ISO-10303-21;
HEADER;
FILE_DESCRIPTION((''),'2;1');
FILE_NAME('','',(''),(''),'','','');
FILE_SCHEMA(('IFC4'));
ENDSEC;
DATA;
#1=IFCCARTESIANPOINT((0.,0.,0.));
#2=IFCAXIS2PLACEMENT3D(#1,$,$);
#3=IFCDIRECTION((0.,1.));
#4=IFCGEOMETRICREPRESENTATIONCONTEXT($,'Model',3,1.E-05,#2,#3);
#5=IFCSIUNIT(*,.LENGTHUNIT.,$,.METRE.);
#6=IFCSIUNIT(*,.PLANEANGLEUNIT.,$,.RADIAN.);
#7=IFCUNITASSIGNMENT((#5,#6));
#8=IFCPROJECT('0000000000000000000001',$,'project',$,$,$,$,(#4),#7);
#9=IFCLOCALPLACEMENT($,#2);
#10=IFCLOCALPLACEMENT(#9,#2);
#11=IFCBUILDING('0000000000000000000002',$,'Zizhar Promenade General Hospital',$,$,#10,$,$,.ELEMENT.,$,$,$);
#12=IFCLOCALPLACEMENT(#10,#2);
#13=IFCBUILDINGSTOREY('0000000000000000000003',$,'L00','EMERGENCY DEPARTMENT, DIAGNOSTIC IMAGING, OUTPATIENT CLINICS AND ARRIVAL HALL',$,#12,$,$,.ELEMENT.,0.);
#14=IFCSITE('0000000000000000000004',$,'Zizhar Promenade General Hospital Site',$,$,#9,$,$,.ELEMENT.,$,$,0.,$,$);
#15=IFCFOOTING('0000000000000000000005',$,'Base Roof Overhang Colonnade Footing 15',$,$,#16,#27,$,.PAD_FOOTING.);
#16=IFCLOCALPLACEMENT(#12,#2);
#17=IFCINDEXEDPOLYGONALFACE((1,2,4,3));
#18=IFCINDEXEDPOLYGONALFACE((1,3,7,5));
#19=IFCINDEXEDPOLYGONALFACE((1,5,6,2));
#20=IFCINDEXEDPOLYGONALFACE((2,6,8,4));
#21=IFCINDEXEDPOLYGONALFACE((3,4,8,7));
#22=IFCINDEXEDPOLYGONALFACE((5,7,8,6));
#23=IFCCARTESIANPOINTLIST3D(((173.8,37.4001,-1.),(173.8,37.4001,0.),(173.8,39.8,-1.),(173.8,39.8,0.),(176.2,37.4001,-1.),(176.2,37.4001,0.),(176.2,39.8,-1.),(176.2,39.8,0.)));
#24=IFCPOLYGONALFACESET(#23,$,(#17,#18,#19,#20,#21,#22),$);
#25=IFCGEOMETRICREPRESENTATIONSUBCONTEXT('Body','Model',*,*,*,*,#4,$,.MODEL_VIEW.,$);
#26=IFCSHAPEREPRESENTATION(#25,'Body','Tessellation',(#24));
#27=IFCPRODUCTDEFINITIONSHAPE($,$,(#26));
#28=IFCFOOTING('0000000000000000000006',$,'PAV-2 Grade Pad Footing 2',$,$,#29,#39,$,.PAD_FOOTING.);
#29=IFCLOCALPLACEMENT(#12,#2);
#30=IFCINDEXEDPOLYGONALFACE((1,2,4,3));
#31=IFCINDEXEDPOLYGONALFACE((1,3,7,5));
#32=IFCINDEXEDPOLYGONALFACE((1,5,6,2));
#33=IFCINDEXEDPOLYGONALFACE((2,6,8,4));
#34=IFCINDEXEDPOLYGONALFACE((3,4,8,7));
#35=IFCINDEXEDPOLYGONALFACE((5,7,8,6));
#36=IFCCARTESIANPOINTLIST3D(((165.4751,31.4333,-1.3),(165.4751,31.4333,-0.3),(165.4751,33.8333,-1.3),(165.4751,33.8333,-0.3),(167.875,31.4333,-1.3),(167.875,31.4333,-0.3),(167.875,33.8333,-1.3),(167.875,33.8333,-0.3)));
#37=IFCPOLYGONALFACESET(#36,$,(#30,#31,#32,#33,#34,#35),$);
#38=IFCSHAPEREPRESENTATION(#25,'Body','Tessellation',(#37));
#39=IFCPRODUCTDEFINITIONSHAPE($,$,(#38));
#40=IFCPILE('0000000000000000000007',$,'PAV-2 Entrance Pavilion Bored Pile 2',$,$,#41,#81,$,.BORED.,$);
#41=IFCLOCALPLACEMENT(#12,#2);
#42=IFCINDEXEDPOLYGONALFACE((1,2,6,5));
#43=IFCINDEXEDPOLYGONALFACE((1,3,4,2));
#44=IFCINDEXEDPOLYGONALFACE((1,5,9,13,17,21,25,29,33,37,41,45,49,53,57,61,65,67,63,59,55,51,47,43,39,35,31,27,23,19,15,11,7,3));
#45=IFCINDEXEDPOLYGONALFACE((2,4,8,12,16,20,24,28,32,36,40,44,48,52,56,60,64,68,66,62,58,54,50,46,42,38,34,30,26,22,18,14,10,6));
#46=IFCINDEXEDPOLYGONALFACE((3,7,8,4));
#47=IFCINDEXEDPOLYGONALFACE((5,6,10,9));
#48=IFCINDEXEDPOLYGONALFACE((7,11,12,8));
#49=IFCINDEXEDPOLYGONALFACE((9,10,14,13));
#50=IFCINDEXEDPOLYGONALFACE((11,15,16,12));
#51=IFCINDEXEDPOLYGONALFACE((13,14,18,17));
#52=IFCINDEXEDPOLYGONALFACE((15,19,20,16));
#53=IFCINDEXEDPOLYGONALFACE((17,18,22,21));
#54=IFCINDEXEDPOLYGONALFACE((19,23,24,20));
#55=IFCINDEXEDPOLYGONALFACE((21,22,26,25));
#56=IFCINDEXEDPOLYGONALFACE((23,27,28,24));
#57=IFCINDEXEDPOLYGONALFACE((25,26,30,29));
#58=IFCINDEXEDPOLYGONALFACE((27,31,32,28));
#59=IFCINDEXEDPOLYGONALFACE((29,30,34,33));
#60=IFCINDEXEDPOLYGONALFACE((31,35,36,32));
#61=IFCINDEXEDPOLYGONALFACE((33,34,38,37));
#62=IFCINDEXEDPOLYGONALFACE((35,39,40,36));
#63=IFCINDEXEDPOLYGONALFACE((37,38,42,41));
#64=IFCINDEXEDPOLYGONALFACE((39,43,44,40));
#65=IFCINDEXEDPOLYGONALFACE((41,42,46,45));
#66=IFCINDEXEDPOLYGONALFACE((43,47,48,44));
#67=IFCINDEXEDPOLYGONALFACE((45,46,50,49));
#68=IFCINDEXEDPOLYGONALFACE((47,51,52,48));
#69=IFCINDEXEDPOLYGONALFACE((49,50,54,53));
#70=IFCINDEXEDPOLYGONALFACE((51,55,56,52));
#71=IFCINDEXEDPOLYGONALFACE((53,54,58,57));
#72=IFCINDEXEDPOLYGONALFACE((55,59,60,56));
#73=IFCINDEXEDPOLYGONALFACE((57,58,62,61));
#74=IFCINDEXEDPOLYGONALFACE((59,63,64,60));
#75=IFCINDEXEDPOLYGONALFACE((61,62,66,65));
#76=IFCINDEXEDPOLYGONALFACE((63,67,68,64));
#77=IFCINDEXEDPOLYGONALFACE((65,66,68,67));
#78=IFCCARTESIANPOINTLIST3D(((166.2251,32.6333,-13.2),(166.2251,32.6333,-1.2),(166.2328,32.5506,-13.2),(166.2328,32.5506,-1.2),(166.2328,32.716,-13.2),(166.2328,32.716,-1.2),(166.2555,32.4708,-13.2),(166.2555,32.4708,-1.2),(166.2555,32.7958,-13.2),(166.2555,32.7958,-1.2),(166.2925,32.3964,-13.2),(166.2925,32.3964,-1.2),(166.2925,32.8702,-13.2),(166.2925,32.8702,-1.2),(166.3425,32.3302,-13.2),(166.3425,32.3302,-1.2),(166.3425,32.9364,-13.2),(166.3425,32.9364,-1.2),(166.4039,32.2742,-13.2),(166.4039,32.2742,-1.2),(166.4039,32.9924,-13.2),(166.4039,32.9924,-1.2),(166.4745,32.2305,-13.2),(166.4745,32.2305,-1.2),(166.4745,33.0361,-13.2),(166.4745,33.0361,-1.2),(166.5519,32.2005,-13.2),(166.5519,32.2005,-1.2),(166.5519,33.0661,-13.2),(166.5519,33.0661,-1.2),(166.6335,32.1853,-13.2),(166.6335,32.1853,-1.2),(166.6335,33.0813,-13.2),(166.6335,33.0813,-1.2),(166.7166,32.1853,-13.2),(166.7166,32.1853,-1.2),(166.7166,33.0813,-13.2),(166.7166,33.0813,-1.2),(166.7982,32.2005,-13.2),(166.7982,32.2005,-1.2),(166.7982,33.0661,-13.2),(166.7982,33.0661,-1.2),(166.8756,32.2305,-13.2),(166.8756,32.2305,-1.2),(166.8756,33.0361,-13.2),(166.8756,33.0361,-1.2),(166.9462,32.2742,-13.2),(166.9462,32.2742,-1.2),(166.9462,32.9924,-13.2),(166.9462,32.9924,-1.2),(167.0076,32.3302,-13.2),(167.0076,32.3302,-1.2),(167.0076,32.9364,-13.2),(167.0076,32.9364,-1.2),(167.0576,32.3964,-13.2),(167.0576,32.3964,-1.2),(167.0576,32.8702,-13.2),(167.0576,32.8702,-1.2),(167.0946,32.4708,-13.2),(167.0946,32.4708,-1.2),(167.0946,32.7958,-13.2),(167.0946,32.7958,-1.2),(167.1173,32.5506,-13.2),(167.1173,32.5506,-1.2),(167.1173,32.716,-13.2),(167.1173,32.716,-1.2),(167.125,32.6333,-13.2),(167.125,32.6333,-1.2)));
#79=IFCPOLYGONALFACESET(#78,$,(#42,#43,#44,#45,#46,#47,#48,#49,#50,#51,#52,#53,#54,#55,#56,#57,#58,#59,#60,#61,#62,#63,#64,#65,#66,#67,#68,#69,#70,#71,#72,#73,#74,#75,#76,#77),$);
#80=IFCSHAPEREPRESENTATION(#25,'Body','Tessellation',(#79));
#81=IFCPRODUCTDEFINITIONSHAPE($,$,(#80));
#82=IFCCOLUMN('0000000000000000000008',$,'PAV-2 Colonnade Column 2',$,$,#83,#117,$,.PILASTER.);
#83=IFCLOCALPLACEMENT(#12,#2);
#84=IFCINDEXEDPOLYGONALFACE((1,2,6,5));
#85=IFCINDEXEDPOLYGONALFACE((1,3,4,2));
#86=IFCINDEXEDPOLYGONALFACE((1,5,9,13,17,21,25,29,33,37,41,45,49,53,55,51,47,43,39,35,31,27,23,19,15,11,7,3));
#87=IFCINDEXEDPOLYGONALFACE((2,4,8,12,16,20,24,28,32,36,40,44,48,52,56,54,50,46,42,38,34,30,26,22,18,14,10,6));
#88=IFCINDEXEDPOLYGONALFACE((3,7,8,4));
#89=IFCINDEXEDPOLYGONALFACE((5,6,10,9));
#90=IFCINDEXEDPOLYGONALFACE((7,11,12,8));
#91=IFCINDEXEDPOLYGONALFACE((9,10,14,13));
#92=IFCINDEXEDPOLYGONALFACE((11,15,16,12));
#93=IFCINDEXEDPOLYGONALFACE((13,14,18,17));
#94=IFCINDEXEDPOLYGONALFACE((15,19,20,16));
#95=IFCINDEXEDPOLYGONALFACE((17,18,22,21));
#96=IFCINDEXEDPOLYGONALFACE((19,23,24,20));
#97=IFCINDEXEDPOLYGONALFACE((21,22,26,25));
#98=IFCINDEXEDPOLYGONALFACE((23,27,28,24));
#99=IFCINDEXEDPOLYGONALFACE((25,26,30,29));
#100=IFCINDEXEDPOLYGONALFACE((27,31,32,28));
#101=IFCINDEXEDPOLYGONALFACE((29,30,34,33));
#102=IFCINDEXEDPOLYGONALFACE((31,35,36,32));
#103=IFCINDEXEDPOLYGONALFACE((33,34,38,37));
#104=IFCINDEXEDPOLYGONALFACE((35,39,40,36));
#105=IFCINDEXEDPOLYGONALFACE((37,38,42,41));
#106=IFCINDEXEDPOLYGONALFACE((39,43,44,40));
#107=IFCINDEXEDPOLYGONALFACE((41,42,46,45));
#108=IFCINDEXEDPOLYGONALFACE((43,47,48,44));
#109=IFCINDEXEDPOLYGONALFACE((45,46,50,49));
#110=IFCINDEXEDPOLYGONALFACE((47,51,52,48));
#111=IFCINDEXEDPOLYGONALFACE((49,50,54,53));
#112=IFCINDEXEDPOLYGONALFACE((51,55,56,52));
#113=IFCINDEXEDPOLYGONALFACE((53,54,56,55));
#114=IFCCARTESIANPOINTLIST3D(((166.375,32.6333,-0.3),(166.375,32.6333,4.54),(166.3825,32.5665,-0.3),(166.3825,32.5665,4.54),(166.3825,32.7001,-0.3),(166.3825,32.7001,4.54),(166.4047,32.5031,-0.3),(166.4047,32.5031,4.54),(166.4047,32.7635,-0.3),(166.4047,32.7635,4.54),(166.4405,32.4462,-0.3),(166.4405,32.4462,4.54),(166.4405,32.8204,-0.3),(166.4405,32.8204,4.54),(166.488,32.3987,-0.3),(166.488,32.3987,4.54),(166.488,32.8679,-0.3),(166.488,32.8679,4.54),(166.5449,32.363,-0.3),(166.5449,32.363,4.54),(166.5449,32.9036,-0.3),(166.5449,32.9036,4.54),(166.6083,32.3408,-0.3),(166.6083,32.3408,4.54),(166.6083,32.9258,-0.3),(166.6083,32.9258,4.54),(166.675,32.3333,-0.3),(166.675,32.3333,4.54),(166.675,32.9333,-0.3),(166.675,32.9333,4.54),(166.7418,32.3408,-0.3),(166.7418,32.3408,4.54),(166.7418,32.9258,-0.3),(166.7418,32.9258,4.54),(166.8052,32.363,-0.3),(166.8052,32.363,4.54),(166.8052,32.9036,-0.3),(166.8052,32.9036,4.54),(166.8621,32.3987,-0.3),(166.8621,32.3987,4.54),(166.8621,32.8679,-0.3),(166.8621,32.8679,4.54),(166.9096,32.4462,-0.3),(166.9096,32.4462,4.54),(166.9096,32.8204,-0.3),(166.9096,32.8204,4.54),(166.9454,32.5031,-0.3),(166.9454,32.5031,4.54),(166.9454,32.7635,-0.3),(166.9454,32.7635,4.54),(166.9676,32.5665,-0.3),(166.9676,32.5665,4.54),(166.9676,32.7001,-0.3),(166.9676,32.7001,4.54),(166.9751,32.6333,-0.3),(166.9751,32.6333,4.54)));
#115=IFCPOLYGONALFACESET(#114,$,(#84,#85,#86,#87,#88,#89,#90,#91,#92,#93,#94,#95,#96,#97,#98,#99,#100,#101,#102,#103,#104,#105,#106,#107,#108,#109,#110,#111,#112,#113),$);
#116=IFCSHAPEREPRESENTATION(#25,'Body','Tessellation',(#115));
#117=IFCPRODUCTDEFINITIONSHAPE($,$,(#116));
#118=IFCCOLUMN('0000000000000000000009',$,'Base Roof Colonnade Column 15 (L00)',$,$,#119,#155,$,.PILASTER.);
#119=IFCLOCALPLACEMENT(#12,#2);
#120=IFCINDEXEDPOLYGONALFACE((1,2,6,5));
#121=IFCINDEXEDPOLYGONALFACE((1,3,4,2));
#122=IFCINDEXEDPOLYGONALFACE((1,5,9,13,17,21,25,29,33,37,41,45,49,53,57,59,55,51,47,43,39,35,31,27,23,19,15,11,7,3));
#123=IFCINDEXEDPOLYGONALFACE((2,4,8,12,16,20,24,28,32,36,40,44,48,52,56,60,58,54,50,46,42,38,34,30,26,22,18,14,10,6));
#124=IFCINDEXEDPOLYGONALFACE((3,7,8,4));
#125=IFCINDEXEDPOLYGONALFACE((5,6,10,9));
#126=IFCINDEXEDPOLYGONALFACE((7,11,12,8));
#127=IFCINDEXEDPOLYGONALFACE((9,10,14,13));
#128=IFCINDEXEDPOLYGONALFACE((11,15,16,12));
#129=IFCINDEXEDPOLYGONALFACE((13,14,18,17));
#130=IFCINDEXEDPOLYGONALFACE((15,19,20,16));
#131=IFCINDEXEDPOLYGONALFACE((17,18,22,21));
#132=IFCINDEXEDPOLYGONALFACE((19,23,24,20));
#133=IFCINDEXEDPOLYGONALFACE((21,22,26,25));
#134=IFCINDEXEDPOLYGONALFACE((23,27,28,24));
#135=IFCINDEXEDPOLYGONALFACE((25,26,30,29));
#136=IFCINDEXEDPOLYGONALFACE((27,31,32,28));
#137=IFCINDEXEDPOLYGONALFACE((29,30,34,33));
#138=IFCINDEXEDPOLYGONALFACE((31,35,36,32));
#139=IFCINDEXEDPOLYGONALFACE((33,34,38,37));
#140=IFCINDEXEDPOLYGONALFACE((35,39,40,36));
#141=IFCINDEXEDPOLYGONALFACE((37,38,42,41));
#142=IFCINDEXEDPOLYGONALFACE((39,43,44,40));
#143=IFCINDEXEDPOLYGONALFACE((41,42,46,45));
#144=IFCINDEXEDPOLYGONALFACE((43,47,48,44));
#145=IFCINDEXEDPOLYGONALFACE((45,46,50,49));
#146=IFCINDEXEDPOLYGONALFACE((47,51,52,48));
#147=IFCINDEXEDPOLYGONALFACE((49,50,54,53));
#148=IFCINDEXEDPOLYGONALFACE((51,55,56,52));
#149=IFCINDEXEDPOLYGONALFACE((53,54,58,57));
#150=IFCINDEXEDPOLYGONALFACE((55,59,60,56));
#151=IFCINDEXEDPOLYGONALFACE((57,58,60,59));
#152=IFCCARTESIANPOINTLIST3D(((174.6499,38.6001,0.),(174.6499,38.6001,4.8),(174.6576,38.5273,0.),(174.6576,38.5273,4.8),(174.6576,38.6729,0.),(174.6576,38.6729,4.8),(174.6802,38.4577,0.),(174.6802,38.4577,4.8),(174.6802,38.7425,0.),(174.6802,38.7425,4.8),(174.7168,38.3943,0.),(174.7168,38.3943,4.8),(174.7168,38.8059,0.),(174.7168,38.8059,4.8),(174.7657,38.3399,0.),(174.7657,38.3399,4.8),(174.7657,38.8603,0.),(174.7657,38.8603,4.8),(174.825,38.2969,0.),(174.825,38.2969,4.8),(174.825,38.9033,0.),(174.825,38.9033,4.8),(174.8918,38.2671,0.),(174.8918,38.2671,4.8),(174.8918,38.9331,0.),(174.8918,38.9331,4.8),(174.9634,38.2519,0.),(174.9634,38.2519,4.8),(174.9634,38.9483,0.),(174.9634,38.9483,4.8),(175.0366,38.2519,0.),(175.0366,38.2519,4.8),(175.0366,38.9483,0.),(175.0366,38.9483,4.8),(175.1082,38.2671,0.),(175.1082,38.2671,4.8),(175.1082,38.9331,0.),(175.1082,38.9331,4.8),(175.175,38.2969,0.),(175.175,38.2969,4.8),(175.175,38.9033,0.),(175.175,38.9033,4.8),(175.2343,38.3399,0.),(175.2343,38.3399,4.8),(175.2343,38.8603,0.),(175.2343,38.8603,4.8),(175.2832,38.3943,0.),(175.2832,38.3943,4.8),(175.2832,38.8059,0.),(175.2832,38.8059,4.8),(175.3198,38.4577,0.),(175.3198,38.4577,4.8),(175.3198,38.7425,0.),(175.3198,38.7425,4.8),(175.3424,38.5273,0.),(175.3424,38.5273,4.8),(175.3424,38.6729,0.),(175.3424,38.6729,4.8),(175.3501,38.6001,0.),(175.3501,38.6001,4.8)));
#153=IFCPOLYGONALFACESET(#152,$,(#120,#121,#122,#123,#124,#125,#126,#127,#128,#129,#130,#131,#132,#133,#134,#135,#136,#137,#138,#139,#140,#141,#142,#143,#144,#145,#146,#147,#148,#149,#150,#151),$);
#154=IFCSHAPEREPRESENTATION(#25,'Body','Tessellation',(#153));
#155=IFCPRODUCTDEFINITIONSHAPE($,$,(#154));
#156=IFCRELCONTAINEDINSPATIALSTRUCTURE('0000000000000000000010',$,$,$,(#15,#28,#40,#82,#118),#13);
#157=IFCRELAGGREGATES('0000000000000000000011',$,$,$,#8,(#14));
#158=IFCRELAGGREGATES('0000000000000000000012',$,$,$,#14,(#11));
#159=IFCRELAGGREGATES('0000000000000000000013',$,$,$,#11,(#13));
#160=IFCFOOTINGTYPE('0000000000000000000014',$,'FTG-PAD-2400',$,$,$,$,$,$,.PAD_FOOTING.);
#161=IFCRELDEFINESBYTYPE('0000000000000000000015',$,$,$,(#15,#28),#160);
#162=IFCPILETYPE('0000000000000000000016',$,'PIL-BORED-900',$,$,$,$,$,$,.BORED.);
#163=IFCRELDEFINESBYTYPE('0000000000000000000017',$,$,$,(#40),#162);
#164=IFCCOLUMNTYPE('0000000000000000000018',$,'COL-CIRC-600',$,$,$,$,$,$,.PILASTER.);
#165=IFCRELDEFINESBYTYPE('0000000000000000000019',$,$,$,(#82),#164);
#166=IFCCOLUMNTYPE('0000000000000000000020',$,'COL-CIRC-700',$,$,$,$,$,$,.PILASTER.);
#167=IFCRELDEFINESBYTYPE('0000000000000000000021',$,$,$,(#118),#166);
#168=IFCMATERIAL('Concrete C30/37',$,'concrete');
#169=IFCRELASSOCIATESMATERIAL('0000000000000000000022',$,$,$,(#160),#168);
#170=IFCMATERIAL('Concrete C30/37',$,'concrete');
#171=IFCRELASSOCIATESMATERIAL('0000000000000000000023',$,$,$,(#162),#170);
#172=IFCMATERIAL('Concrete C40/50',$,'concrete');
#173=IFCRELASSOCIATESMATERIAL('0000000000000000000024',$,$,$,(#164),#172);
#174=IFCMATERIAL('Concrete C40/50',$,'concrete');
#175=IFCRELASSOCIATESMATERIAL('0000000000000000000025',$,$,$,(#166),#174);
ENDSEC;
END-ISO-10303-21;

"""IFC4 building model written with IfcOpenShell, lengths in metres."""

from ifc_helpers import new_model, si_unit, direction, frame, origin, origin_2d, place, context, subcontext, project, spatial, rectangle, circle, extrude, material, material_profile, profile_set, type_object, element, save


model = new_model("IFC4")

# Units and contexts
model_context = context("Model", 3, precision=1e-05, world=origin(), true_north=direction((0.0, 1.0)))
body_context = subcontext(model_context, "Body", "Model", "MODEL_VIEW")
ifc_project = project(units=[si_unit("LENGTHUNIT", "METRE"), si_unit("PLANEANGLEUNIT", "RADIAN")], contexts=[model_context])

# Site, building, storey
site_placement = place(None, origin())
site = spatial("IfcSite", under=ifc_project, at=site_placement, Name="Zizhar Promenade General Hospital Site", CompositionType="ELEMENT", RefElevation=0.0)
building_placement = place(site_placement, origin())
building = spatial("IfcBuilding", under=site, at=building_placement, Name="Zizhar Promenade General Hospital", CompositionType="ELEMENT")
storey_placement = place(building_placement, origin())
storey = spatial("IfcBuildingStorey", under=building, at=storey_placement, Name="L00", Description="EMERGENCY DEPARTMENT, DIAGNOSTIC IMAGING, OUTPATIENT CLINICS AND ARRIVAL HALL", CompositionType="ELEMENT", Elevation=0.0)

# Footings
ifc_material_1 = material(Name="Concrete C30/37", Category="concrete")
footing_type = type_object("IfcFootingType", Name="FTG-PAD-2400", PredefinedType="PAD_FOOTING", material=ifc_material_1)
for number, where, z_axis, x_axis, name in (
    (1, (175.0, 38.6001, -1.0), (0.0, 0.0, 1.0), (1.0, 0.0, 0.0), "Base Roof Overhang Colonnade Footing 15"),
    (2, (166.675, 32.6333, -1.3), (0.0, 0.0, 1.0), (1.0, 0.0, 0.0), "PAV-2 Grade Pad Footing 2"),
):
    element("IfcFooting", number, at=place(storey_placement, frame(where, z_axis=z_axis, x_axis=x_axis)), inside=storey, type_object=footing_type, Name=name, PredefinedType="PAD_FOOTING", context=body_context, shape_type="SweptSolid", body=[
        extrude(rectangle(XDim=2.3999, YDim=2.3999, at=origin_2d()), origin(), (0.0, 0.0, 1.0), 1.0),
    ])

# Pile
ifc_material_2 = material(Name="Concrete C30/37", Category="concrete")
ifc_material_profile_1 = material_profile(ifc_material_2, circle(Radius=0.45, at=origin_2d()))
ifc_profile_set_1 = profile_set([ifc_material_profile_1], Name="Concrete C30/37")
pile_type = type_object("IfcPileType", Name="PIL-BORED-900", PredefinedType="BORED", material=ifc_profile_set_1)
pile_placement = place(storey_placement, frame((166.675, 32.6333, -1.2), z_axis=(0.0, 0.0, -1.0), x_axis=(1.0, 0.0, 0.0)))
element("IfcPile", 3, at=pile_placement, inside=storey, type_object=pile_type, Name="PAV-2 Entrance Pavilion Bored Pile 2", PredefinedType="BORED", context=body_context, shape_type="SweptSolid", body=[
    extrude(circle(Radius=0.45, at=origin_2d()), origin(), (0.0, 0.0, 1.0), 12.0),
])

# Columns
ifc_material_3 = material(Name="Concrete C40/50", Category="concrete")
ifc_material_profile_2 = material_profile(ifc_material_3, circle(Radius=0.3, at=origin_2d()))
ifc_profile_set_2 = profile_set([ifc_material_profile_2], Name="Concrete C40/50")
column_type_1 = type_object("IfcColumnType", Name="COL-CIRC-600", PredefinedType="PILASTER", material=ifc_profile_set_2)
column_1_placement = place(storey_placement, frame((166.675, 32.6333, -0.3), z_axis=(0.0, 0.0, 1.0), x_axis=(1.0, 0.0, 0.0)))
element("IfcColumn", 4, at=column_1_placement, inside=storey, type_object=column_type_1, Name="PAV-2 Colonnade Column 2", PredefinedType="PILASTER", context=body_context, shape_type="SweptSolid", body=[
    extrude(circle(Radius=0.3, at=origin_2d()), origin(), (0.0, 0.0, 1.0), 4.8401),
])
ifc_material_4 = material(Name="Concrete C40/50", Category="concrete")
ifc_material_profile_3 = material_profile(ifc_material_4, circle(Radius=0.3501, at=origin_2d()))
ifc_profile_set_3 = profile_set([ifc_material_profile_3], Name="Concrete C40/50")
column_type_2 = type_object("IfcColumnType", Name="COL-CIRC-700", PredefinedType="PILASTER", material=ifc_profile_set_3)
column_2_placement = place(storey_placement, frame((175.0, 38.6001, 0.0), z_axis=(0.0, 0.0, 1.0), x_axis=(1.0, 0.0, 0.0)))
element("IfcColumn", 5, at=column_2_placement, inside=storey, type_object=column_type_2, Name="Base Roof Colonnade Column 15 (L00)", PredefinedType="PILASTER", context=body_context, shape_type="SweptSolid", body=[
    extrude(circle(Radius=0.3501, at=origin_2d()), origin(), (0.0, 0.0, 1.0), 4.8),
])

save(model, "model.ifc")
